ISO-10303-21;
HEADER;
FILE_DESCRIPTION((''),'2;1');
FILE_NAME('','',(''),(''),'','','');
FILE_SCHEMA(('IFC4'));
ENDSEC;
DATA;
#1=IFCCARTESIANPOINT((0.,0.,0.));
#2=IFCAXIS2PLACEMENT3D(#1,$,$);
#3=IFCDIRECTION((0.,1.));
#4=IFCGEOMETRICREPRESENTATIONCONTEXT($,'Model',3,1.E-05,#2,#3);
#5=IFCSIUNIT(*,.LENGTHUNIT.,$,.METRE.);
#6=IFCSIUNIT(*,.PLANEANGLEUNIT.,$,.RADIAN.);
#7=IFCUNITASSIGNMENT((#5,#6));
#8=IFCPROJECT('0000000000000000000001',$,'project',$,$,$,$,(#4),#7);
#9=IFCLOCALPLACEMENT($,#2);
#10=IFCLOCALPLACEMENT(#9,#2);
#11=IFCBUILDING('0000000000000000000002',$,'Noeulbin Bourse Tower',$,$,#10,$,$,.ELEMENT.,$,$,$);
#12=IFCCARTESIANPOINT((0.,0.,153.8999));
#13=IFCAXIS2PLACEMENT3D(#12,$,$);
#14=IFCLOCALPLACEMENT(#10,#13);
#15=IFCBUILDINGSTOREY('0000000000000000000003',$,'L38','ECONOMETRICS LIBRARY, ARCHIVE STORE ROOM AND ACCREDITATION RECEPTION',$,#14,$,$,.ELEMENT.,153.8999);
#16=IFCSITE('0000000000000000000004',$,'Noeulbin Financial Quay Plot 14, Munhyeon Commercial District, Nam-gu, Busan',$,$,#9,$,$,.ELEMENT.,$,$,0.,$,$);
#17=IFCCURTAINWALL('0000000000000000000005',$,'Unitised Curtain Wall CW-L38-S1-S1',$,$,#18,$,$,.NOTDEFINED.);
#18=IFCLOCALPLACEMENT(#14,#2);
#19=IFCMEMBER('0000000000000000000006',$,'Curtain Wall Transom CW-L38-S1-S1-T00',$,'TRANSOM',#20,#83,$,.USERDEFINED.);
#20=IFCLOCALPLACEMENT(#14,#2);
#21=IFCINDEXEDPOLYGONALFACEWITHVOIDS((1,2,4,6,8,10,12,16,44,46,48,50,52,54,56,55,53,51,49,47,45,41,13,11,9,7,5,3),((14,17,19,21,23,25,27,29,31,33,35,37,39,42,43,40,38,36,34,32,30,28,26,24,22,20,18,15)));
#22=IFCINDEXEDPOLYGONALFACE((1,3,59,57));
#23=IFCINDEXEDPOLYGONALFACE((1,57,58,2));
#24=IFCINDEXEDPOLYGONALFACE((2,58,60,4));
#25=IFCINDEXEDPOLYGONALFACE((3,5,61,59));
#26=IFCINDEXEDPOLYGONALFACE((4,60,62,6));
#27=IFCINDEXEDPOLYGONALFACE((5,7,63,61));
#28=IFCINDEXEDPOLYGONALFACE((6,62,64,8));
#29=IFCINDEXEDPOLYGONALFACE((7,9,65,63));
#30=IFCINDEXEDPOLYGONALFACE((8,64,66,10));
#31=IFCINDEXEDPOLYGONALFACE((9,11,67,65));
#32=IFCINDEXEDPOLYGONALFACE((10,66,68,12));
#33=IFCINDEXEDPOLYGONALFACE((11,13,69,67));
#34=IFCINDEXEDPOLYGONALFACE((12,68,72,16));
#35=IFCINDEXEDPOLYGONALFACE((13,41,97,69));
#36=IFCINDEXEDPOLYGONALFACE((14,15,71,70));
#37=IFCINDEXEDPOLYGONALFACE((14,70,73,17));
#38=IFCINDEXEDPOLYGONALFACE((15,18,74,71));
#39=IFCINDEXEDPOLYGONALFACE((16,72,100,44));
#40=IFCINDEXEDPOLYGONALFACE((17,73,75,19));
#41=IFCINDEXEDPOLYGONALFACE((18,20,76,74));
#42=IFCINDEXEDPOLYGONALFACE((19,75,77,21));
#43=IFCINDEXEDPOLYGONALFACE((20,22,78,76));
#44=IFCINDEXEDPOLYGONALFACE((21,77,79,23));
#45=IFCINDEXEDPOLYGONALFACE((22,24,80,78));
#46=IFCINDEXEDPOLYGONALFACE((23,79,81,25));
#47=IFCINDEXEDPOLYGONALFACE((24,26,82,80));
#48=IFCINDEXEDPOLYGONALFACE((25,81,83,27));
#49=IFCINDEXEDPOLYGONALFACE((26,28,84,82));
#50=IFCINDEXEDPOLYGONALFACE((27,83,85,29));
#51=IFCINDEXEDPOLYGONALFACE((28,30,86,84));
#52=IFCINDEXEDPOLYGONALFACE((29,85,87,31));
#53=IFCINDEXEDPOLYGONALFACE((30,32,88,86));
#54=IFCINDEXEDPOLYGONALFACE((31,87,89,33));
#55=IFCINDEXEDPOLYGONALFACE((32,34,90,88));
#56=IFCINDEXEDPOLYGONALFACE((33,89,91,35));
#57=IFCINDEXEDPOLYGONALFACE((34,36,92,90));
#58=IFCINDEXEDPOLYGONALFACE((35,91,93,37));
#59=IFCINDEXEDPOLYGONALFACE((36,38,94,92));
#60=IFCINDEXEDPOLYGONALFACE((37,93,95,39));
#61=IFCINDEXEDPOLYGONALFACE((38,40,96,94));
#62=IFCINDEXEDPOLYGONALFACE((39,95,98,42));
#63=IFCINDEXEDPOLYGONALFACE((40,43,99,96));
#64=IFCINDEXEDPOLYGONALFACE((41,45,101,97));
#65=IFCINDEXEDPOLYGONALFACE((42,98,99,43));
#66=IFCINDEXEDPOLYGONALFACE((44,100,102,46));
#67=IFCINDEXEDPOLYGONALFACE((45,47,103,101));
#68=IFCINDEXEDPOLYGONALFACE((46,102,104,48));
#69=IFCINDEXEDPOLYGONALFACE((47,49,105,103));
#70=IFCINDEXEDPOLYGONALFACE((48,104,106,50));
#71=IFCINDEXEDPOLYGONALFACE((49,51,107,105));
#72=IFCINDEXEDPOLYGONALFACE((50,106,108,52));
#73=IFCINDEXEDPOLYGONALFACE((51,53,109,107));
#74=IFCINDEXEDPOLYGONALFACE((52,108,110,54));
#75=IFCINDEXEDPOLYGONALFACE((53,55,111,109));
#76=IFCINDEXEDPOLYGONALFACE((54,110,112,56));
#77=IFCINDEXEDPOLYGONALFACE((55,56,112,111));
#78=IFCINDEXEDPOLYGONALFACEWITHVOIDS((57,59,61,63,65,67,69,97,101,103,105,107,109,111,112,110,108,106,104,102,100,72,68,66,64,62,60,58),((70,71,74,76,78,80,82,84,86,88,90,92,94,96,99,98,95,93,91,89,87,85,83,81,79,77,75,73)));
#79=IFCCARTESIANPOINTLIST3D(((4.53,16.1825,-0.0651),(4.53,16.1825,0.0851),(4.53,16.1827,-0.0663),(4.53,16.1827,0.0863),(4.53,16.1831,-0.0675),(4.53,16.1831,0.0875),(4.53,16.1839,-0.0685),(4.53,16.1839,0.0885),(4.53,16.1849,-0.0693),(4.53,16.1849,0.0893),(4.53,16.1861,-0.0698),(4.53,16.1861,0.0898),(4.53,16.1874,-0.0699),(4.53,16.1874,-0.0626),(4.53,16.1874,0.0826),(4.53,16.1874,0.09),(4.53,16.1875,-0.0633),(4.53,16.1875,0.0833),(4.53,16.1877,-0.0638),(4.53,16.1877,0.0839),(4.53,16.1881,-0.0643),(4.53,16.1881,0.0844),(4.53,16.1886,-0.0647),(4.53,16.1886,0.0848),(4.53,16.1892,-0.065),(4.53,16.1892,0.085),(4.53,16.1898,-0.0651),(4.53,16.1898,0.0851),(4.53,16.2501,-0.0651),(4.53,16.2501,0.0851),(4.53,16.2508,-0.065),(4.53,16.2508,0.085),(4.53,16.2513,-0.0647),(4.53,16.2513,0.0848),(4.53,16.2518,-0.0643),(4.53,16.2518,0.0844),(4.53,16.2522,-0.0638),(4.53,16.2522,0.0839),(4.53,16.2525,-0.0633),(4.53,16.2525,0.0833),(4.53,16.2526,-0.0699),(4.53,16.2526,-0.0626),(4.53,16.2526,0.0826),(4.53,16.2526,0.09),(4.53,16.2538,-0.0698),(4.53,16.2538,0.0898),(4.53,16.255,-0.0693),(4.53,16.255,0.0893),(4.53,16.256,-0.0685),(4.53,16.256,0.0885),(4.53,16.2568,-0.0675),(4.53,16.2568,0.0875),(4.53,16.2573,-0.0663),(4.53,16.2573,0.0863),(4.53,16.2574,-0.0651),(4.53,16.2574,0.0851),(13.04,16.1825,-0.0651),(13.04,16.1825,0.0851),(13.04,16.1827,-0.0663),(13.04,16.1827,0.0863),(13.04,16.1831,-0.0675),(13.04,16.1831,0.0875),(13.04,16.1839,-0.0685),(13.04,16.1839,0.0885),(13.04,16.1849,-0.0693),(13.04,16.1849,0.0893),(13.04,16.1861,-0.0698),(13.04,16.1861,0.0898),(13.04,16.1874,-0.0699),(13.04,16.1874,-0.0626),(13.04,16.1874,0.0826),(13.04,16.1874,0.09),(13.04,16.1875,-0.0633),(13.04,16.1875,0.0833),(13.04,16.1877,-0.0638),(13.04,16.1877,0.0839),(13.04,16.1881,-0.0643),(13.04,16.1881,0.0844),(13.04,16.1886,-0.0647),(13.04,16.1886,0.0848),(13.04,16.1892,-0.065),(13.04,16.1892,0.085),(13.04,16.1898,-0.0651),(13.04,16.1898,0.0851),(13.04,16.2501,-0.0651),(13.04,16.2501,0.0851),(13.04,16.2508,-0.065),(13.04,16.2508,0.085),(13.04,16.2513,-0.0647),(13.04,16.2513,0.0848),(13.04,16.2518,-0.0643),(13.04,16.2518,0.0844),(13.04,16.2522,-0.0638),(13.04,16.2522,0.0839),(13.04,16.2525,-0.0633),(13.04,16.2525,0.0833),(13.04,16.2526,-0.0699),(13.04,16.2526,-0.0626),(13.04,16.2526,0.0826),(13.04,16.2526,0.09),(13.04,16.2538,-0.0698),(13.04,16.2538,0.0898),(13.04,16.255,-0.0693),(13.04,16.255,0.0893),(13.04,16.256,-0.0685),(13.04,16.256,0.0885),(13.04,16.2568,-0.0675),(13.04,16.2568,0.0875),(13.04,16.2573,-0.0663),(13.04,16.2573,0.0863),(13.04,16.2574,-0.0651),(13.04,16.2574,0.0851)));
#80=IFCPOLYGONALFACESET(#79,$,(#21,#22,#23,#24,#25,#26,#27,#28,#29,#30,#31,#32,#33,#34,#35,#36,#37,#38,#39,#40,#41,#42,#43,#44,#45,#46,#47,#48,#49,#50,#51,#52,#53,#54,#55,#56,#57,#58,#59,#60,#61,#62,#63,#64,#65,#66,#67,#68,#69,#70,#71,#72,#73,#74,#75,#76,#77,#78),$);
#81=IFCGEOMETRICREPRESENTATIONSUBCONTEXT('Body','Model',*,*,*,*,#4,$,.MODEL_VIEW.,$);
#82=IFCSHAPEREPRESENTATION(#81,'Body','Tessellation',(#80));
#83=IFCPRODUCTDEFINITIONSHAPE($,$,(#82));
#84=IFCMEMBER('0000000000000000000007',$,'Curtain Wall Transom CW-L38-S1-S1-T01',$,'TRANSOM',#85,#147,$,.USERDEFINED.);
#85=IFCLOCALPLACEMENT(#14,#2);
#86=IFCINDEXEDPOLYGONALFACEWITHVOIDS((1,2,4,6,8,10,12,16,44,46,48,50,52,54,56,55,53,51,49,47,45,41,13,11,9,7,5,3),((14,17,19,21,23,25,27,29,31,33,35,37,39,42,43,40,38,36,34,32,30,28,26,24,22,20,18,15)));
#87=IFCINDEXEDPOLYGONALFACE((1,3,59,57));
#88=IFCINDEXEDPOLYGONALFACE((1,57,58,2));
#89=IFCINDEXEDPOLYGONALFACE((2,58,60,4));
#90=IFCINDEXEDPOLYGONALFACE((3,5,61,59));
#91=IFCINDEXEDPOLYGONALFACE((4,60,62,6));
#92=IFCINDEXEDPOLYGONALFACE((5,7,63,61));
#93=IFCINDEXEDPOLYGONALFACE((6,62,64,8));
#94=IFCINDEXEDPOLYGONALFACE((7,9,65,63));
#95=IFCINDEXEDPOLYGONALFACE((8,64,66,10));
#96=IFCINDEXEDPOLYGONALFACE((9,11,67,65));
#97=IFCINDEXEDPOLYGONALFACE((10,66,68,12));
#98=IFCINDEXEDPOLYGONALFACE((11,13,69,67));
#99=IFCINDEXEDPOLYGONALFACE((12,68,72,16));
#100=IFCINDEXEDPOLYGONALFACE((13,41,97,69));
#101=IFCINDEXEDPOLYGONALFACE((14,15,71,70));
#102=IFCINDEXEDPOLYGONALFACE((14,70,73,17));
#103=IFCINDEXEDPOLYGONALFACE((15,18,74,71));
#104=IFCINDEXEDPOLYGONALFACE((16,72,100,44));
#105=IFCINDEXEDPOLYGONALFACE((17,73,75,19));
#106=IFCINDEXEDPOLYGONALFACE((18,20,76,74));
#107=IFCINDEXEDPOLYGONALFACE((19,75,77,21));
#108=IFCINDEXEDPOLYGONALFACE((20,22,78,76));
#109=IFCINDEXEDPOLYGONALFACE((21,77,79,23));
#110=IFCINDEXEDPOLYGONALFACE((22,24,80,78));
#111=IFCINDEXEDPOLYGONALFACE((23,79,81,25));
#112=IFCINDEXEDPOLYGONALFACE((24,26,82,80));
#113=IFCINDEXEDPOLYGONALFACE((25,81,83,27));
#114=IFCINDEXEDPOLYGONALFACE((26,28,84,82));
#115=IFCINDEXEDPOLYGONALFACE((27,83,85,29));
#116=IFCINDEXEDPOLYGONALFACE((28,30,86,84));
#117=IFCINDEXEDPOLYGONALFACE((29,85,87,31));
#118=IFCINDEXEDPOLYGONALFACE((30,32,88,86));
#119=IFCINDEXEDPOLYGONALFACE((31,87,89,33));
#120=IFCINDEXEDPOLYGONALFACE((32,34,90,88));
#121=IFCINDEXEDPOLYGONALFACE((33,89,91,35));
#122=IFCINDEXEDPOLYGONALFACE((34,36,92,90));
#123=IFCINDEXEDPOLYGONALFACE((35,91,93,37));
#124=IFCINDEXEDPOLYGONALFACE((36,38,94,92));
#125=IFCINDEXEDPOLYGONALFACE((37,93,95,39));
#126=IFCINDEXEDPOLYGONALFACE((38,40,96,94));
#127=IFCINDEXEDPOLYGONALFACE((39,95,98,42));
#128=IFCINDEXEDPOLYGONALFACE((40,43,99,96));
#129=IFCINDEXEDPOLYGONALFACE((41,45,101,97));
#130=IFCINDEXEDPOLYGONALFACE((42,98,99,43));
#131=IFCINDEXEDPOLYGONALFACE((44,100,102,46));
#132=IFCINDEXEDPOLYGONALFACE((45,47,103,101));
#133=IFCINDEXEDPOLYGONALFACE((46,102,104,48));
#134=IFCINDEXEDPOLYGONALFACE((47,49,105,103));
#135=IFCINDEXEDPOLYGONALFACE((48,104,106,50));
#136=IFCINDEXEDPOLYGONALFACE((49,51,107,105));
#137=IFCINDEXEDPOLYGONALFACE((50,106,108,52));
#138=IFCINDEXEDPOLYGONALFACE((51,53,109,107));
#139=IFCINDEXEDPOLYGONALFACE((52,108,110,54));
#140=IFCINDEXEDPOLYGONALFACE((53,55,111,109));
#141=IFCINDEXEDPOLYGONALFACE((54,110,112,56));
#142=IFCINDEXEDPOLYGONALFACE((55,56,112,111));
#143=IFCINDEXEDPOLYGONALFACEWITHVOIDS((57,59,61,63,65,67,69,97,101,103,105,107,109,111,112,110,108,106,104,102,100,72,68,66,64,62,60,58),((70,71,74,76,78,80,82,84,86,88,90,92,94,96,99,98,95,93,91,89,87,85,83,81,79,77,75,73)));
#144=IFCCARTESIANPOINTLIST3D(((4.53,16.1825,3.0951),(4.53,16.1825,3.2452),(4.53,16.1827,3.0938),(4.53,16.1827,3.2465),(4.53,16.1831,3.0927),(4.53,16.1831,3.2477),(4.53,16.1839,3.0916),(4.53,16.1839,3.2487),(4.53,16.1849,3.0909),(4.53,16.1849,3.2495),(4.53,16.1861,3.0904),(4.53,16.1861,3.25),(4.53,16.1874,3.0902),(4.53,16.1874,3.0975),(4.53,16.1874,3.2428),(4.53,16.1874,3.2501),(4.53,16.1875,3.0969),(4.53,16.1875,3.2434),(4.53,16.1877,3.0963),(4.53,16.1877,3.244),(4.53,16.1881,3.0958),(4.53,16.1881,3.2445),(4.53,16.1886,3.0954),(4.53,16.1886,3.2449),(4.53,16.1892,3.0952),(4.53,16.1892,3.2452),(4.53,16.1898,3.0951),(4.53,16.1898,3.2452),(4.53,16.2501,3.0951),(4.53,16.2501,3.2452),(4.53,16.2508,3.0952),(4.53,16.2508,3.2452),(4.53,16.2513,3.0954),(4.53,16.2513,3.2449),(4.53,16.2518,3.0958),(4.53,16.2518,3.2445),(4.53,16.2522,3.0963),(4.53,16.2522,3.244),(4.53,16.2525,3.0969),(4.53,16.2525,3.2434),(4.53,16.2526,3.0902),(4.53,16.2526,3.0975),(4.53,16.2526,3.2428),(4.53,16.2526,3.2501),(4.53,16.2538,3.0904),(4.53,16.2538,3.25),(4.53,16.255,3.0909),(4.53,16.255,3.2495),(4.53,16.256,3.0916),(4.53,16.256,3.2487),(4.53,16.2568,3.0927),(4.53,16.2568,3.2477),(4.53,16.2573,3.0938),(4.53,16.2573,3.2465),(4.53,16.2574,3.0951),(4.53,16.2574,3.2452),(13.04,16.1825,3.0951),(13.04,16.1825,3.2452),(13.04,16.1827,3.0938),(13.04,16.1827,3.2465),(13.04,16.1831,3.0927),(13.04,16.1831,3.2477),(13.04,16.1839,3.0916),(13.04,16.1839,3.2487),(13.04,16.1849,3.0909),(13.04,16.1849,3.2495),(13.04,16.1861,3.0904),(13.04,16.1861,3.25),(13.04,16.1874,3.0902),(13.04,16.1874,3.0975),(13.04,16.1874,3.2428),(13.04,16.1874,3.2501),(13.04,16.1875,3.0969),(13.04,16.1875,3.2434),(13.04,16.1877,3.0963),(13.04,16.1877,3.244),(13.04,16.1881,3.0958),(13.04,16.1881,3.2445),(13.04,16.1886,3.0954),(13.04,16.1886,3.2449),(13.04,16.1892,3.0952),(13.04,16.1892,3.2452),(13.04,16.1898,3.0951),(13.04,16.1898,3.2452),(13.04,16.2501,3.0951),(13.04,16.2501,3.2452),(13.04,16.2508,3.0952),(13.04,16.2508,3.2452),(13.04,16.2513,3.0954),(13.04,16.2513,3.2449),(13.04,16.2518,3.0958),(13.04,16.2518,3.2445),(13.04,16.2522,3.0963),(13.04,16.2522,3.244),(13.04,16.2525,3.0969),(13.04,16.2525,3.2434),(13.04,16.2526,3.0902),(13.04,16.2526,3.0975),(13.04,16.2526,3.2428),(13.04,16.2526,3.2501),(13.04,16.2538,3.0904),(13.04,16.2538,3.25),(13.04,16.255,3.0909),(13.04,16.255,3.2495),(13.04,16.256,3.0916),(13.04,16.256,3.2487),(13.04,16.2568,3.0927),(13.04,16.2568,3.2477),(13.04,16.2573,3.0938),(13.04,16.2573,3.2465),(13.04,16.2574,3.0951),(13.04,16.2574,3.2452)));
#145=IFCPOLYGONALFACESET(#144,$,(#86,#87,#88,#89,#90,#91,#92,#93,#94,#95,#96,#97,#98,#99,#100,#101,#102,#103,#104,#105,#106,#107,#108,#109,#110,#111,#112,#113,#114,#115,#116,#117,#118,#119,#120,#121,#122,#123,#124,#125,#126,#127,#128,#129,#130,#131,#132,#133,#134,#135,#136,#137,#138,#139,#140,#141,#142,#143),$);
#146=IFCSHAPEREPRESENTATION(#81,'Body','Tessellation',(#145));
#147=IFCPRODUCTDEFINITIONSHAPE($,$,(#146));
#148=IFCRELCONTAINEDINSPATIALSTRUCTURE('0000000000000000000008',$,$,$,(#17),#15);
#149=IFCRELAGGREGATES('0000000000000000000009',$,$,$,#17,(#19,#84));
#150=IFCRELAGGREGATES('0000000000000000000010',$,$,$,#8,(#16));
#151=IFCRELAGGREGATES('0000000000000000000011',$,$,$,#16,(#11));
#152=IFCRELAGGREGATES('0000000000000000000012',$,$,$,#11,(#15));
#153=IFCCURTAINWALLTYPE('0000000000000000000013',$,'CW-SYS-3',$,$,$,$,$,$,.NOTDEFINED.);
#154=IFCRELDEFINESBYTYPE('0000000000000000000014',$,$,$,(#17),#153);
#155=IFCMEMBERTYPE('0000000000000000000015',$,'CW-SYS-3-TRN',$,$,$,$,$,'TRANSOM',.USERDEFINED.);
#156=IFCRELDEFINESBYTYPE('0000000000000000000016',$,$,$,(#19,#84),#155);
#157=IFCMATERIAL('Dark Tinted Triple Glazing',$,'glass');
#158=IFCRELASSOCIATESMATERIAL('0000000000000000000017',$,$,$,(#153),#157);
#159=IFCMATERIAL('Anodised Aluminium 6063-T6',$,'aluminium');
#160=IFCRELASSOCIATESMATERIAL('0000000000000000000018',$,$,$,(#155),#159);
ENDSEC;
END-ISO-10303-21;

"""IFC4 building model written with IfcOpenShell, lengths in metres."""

from ifc_helpers import new_model, si_unit, direction, frame, origin, origin_2d, place, context, subcontext, project, spatial, hollow_rectangle, extrude, material, material_profile, profile_set, type_object, element, aggregate, save


model = new_model("IFC4")

# Units and contexts
model_context = context("Model", 3, precision=1e-05, world=origin(), true_north=direction((0.0, 1.0)))
body_context = subcontext(model_context, "Body", "Model", "MODEL_VIEW")
ifc_project = project(units=[si_unit("LENGTHUNIT", "METRE"), si_unit("PLANEANGLEUNIT", "RADIAN")], contexts=[model_context])

# Site, building, storey
site_placement = place(None, origin())
site = spatial("IfcSite", under=ifc_project, at=site_placement, Name="Noeulbin Financial Quay Plot 14, Munhyeon Commercial District, Nam-gu, Busan", CompositionType="ELEMENT", RefElevation=0.0)
building_placement = place(site_placement, origin())
building = spatial("IfcBuilding", under=site, at=building_placement, Name="Noeulbin Bourse Tower", CompositionType="ELEMENT")
storey_placement = place(building_placement, frame((0.0, 0.0, 153.8999)))
storey = spatial("IfcBuildingStorey", under=building, at=storey_placement, Name="L38", Description="ECONOMETRICS LIBRARY, ARCHIVE STORE ROOM AND ACCREDITATION RECEPTION", CompositionType="ELEMENT", Elevation=153.8999)

# Curtain wall
ifc_material_1 = material(Name="Dark Tinted Triple Glazing", Category="glass")
curtain_wall_type = type_object("IfcCurtainWallType", Name="CW-SYS-3", PredefinedType="NOTDEFINED", material=ifc_material_1)
curtain_wall_1_placement = place(storey_placement, origin())
curtain_wall_1 = element("IfcCurtainWall", 1, at=curtain_wall_1_placement, inside=storey, type_object=curtain_wall_type, Name="Unitised Curtain Wall CW-L38-S1-S1", PredefinedType="NOTDEFINED")
ifc_material_2 = material(Name="Anodised Aluminium 6063-T6", Category="aluminium")

# Members
ifc_material_profile_1 = material_profile(ifc_material_2, hollow_rectangle(XDim=0.075, YDim=0.1599, WallThickness=0.0049, InnerFilletRadius=0.0024, OuterFilletRadius=0.0049, at=origin_2d()), Name="ALU-TRAN-75x160x5", Category="LoadBearing")
ifc_profile_set_1 = profile_set([ifc_material_profile_1], Name="Anodised Aluminium 6063-T6")
member_type_1 = type_object("IfcMemberType", Name="CW-SYS-3-TRN", ElementType="TRANSOM", PredefinedType="USERDEFINED", material=ifc_profile_set_1)
member_1_placement = place(storey_placement, frame((4.53, 16.22, 0.01), z_axis=(1.0, 0.0, 0.0), x_axis=(0.0, 1.0, 0.0)))
member_1 = element("IfcMember", 2, at=member_1_placement, type_object=member_type_1, Name="Curtain Wall Transom CW-L38-S1-S1-T00", ObjectType="TRANSOM", PredefinedType="USERDEFINED", context=body_context, shape_type="SweptSolid", body=[
    extrude(hollow_rectangle(XDim=0.075, YDim=0.1599, WallThickness=0.0049, InnerFilletRadius=0.0024, OuterFilletRadius=0.0049, at=origin_2d()), origin(), (0.0, 0.0, 1.0), 8.51),
])
member_2_placement = place(storey_placement, frame((4.53, 16.22, 3.1702), z_axis=(1.0, 0.0, 0.0), x_axis=(0.0, 1.0, 0.0)))
member_2 = element("IfcMember", 3, at=member_2_placement, type_object=member_type_1, Name="Curtain Wall Transom CW-L38-S1-S1-T01", ObjectType="TRANSOM", PredefinedType="USERDEFINED", context=body_context, shape_type="SweptSolid", body=[
    extrude(hollow_rectangle(XDim=0.075, YDim=0.1599, WallThickness=0.0049, InnerFilletRadius=0.0024, OuterFilletRadius=0.0049, at=origin_2d()), origin(), (0.0, 0.0, 1.0), 8.51),
])

aggregate(curtain_wall_1, [member_1, member_2])

save(model, "model.ifc")
